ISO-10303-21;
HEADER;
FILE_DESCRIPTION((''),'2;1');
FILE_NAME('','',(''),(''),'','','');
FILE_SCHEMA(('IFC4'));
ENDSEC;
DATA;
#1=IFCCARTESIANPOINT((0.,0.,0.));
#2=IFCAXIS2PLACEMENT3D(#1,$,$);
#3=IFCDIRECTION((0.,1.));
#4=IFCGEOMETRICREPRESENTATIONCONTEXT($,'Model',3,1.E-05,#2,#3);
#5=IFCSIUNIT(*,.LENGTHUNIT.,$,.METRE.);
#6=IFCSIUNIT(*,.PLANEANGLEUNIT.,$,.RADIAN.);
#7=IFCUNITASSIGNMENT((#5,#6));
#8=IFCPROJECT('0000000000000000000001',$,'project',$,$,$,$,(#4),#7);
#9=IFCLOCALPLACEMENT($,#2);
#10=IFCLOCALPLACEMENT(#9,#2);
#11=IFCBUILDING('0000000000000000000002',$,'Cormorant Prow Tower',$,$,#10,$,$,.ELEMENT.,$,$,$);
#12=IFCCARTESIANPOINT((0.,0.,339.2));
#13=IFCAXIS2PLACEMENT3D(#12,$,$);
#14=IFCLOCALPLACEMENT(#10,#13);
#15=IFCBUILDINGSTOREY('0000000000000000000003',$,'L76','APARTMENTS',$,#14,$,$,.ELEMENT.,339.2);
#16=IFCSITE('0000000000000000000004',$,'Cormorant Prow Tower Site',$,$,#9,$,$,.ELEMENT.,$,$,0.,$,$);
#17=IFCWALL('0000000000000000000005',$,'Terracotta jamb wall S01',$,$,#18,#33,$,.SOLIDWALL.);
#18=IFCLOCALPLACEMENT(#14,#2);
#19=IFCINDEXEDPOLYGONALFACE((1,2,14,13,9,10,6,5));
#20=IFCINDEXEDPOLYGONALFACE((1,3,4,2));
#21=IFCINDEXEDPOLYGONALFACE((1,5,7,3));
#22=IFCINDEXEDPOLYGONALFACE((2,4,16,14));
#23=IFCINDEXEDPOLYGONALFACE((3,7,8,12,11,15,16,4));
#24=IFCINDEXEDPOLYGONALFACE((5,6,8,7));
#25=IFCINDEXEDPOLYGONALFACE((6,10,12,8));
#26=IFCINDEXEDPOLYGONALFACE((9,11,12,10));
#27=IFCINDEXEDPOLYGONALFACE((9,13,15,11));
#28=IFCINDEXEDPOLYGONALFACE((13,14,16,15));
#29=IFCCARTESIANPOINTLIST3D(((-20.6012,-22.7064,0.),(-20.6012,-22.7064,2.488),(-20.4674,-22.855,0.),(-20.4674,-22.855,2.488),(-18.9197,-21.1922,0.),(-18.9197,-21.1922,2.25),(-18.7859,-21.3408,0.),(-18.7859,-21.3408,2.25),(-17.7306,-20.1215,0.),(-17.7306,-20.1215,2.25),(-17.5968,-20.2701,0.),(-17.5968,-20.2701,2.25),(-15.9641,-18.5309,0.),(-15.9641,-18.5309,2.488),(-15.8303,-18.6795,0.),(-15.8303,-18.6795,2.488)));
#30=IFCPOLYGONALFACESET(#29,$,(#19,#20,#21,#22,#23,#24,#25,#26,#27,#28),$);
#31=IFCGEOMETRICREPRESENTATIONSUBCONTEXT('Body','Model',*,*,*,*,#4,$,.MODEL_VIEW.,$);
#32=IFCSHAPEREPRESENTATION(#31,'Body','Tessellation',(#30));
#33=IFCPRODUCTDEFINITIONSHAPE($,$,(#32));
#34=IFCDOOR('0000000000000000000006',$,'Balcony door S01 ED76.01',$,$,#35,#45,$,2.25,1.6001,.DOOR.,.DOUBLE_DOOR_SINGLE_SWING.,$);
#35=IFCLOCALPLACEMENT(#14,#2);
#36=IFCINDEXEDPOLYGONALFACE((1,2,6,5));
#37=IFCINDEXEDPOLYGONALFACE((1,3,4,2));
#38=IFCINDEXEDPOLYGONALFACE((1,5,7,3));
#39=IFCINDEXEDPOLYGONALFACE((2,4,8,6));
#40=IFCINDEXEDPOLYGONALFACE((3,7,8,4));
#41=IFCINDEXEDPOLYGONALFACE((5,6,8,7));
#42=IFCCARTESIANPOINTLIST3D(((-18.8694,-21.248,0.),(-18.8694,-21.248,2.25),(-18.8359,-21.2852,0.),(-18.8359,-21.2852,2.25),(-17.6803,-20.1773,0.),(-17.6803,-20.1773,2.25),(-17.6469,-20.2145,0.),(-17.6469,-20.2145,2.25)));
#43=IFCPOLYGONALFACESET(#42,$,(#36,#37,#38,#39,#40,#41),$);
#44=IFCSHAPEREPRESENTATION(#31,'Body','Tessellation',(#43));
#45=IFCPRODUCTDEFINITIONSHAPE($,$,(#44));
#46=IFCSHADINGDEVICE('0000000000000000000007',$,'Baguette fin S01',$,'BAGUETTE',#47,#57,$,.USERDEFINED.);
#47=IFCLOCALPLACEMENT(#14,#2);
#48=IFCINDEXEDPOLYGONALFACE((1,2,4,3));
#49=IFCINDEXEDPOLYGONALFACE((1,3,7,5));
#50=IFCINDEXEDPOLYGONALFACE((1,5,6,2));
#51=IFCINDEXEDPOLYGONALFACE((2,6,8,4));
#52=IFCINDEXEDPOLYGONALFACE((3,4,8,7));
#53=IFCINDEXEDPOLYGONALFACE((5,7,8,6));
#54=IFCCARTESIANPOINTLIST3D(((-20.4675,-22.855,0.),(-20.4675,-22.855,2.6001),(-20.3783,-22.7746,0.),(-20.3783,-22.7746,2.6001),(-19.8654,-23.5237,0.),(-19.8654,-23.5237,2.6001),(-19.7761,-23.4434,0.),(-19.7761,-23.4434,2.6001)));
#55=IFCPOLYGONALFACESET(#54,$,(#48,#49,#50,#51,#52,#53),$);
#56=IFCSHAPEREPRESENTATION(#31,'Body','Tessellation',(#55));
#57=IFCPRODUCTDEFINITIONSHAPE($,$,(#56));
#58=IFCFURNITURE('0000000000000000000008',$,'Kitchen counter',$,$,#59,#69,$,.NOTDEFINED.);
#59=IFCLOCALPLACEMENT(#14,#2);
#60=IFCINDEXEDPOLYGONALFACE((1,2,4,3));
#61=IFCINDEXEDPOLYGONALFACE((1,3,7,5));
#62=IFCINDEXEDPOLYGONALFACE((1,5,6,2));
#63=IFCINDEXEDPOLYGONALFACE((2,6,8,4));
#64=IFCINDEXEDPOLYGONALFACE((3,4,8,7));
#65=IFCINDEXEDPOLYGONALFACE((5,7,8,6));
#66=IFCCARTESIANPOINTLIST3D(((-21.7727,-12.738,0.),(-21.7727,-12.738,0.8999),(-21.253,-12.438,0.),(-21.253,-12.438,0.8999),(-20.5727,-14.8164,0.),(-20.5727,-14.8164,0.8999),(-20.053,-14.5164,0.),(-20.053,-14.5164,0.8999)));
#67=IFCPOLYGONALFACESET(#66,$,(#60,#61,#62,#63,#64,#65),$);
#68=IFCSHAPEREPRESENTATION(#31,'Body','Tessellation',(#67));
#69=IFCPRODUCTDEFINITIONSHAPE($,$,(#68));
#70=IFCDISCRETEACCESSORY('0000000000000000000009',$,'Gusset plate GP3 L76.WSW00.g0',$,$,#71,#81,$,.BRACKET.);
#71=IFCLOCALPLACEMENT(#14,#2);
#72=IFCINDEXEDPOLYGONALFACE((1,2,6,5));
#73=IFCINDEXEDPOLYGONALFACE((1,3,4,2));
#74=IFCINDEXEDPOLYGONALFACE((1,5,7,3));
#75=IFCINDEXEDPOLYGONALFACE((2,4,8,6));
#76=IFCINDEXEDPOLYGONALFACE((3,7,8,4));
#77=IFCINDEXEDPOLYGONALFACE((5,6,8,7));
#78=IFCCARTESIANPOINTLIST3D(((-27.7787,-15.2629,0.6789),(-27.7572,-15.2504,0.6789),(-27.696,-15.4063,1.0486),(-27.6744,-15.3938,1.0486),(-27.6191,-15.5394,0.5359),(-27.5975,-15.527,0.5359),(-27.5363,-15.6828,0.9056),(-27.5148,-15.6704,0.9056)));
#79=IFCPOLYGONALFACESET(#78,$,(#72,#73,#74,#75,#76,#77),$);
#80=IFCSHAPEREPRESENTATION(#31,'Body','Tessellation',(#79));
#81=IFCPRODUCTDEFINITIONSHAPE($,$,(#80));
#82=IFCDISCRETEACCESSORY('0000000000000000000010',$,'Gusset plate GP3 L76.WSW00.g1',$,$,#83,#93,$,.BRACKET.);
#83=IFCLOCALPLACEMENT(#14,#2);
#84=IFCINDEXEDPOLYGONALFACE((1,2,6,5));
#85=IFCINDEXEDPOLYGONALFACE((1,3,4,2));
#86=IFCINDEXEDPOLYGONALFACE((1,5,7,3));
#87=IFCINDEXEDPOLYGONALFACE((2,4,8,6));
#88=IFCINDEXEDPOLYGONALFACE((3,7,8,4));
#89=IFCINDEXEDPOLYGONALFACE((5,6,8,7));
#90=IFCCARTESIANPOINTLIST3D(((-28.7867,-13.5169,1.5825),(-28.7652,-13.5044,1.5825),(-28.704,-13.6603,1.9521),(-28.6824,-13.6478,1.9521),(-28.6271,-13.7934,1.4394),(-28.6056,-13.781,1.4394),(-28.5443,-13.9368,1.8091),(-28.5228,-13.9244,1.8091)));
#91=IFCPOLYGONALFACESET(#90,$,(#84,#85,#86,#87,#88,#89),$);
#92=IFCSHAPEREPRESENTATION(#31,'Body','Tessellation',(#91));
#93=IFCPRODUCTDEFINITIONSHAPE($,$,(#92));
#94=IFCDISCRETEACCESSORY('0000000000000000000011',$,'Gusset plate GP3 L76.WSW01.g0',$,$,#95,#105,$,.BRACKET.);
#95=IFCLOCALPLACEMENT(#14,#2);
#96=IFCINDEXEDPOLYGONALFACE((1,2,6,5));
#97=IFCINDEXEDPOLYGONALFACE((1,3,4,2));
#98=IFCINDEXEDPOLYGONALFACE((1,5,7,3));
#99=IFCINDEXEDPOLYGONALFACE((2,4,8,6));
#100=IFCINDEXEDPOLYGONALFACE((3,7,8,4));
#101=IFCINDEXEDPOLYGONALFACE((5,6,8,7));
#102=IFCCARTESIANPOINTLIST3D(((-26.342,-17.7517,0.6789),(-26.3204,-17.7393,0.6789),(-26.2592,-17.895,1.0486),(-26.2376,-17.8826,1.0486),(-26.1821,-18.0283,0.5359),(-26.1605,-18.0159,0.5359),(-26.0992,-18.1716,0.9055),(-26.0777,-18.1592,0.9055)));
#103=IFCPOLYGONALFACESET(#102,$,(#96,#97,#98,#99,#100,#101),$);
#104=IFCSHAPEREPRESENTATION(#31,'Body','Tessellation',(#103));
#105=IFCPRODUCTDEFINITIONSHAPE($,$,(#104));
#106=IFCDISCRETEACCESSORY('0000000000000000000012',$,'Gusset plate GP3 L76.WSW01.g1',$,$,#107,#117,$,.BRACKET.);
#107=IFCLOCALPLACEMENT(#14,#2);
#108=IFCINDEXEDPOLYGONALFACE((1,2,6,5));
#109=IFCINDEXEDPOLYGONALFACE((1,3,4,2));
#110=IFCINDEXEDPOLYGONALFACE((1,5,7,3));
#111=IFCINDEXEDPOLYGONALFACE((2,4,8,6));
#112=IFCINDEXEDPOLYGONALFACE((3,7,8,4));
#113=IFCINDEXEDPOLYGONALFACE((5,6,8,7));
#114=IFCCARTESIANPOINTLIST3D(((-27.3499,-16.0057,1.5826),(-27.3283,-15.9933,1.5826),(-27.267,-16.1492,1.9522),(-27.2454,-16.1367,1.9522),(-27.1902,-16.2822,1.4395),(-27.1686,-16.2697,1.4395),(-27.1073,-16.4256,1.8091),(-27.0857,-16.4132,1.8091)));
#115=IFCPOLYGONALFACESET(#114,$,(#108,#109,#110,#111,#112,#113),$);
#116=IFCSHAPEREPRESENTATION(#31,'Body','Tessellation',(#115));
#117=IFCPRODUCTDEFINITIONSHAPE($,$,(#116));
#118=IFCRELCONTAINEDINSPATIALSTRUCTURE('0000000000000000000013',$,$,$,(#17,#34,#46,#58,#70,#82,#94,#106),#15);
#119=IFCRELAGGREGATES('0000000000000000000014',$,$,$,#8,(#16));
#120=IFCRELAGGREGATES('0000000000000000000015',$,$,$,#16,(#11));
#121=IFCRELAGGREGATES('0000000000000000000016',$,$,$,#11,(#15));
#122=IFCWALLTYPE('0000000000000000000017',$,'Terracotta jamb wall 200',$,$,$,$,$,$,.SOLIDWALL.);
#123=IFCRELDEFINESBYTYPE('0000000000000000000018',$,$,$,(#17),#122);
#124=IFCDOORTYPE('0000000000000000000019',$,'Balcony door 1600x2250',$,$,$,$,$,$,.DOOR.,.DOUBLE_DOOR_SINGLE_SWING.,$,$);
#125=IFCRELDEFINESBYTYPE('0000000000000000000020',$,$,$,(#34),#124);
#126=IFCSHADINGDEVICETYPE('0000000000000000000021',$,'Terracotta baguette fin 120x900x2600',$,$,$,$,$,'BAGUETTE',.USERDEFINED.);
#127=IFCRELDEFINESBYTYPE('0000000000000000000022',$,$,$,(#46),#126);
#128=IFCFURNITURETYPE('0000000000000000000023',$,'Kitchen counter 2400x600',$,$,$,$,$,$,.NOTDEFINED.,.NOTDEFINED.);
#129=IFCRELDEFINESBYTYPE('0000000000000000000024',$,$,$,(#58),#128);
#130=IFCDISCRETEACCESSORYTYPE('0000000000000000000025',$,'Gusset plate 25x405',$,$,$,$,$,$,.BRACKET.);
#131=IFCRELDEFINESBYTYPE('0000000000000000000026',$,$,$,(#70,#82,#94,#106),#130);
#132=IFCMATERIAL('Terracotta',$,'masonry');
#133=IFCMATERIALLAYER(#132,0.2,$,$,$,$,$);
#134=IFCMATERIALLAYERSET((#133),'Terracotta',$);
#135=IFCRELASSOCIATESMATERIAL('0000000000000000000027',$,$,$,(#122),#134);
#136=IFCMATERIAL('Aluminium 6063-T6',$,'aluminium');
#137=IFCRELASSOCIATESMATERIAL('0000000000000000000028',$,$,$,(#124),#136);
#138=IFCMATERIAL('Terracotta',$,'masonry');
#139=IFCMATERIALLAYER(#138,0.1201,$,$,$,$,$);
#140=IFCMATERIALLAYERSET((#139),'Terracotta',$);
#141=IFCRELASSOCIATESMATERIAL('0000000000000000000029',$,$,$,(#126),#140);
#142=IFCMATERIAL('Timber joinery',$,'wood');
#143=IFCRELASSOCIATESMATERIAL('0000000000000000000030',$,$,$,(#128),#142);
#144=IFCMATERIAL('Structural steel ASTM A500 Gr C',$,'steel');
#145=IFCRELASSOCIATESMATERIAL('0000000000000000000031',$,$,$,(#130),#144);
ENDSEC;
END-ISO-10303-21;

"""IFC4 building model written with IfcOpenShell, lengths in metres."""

from ifc_helpers import new_model, si_unit, direction, frame, frame_2d, origin, origin_2d, place, context, subcontext, project, spatial, rectangle, extrude, material, layer, layer_set, material_profile, profile_set, type_object, element, fill, save


model = new_model("IFC4")

# Units and contexts
model_context = context("Model", 3, precision=1e-05, world=origin(), true_north=direction((0.0, 1.0)))
body_context = subcontext(model_context, "Body", "Model", "MODEL_VIEW")
ifc_project = project(units=[si_unit("LENGTHUNIT", "METRE"), si_unit("PLANEANGLEUNIT", "RADIAN")], contexts=[model_context])

# Site, building, storey
site_placement = place(None, origin())
site = spatial("IfcSite", under=ifc_project, at=site_placement, Name="Cormorant Prow Tower Site", CompositionType="ELEMENT", RefElevation=0.0)
building_placement = place(site_placement, origin())
building = spatial("IfcBuilding", under=site, at=building_placement, Name="Cormorant Prow Tower", CompositionType="ELEMENT")
storey_placement = place(building_placement, frame((0.0, 0.0, 339.2)))
storey = spatial("IfcBuildingStorey", under=building, at=storey_placement, Name="L76", Description="APARTMENTS", CompositionType="ELEMENT", Elevation=339.2)

# Wall, opening, door
ifc_material_1 = material(Name="Terracotta", Category="masonry")
ifc_layer_1 = layer(ifc_material_1, 0.2)
ifc_layer_set_1 = layer_set([ifc_layer_1], Name="Terracotta")
wall_type_1 = type_object("IfcWallType", Name="Terracotta jamb wall 200", PredefinedType="SOLIDWALL", material=ifc_layer_set_1)
wall_1_placement = place(storey_placement, frame((-20.5344, -22.7808, 0.0), z_axis=(0.0, 0.0, 1.0), x_axis=(0.743131, 0.669146, 0.0)))
wall_1 = element("IfcWall", 1, at=wall_1_placement, inside=storey, type_object=wall_type_1, Name="Terracotta jamb wall S01", PredefinedType="SOLIDWALL", context=body_context, shape_type="SweptSolid", body=[
    extrude(rectangle(XDim=6.24, YDim=0.2, at=frame_2d((3.1201, 0.0))), origin(), (0.0, 0.0, 1.0), 2.488),
])
opening_1_placement = place(wall_1_placement, frame((2.2629, 0.0, 0.0)))
opening_1 = element("IfcOpeningElement", 2, at=opening_1_placement, cuts=wall_1, PredefinedType="OPENING", context=body_context, shape_type="SweptSolid", body=[
    extrude(rectangle(XDim=1.6001, YDim=2.25, at=frame_2d((0.8, 1.125))), frame((0.0, 0.1099, 0.0), z_axis=(0.0, -1.0, 0.0), x_axis=(1.0, 0.0, 0.0)), (0.0, 0.0, 1.0), 0.22),
])
ifc_material_2 = material(Name="Aluminium 6063-T6", Category="aluminium")
door_type_1 = type_object("IfcDoorType", Name="Balcony door 1600x2250", OperationType="DOUBLE_DOOR_SINGLE_SWING", PredefinedType="DOOR", material=ifc_material_2)
door_1_placement = place(opening_1_placement, origin())
door_1 = element("IfcDoor", 3, at=door_1_placement, inside=storey, type_object=door_type_1, Name="Balcony door S01 ED76.01", OperationType="DOUBLE_DOOR_SINGLE_SWING", OverallHeight=2.25, OverallWidth=1.6001, PredefinedType="DOOR", context=body_context, shape_type="SweptSolid", body=[
    extrude(rectangle(XDim=1.6001, YDim=2.25, at=frame_2d((0.8, 1.125))), frame((0.0, 0.0249, 0.0), z_axis=(0.0, -1.0, 0.0), x_axis=(1.0, 0.0, 0.0)), (0.0, 0.0, 1.0), 0.05),
])
fill(opening_1, door_1)

# Shading device
ifc_material_3 = material(Name="Terracotta", Category="masonry")
ifc_layer_2 = layer(ifc_material_3, 0.1201)
ifc_layer_set_2 = layer_set([ifc_layer_2], Name="Terracotta")
shading_device_type = type_object("IfcShadingDeviceType", Name="Terracotta baguette fin 120x900x2600", ElementType="BAGUETTE", PredefinedType="USERDEFINED", material=ifc_layer_set_2)
shading_device_placement = place(storey_placement, frame((-20.1218, -23.1492, 0.0), z_axis=(0.0, 0.0, 1.0), x_axis=(0.743145, 0.669131, 0.0)))
element("IfcShadingDevice", 4, at=shading_device_placement, inside=storey, type_object=shading_device_type, Name="Baguette fin S01", ObjectType="BAGUETTE", PredefinedType="USERDEFINED", context=body_context, shape_type="SweptSolid", body=[
    extrude(rectangle(XDim=0.1201, YDim=0.8999, at=origin_2d()), origin(), (0.0, 0.0, 1.0), 2.6001),
])

# Furniture
ifc_material_4 = material(Name="Timber joinery", Category="wood")
furniture_type = type_object("IfcFurnitureType", Name="Kitchen counter 2400x600", AssemblyPlace="NOTDEFINED", PredefinedType="NOTDEFINED", material=ifc_material_4)
furniture_placement = place(storey_placement, frame((-20.9128, -13.6272, 0.0), z_axis=(0.0, 0.0, 1.0), x_axis=(0.5, -0.866025, 0.0)))
element("IfcFurniture", 5, at=furniture_placement, inside=storey, type_object=furniture_type, Name="Kitchen counter", PredefinedType="NOTDEFINED", context=body_context, shape_type="SweptSolid", body=[
    extrude(rectangle(XDim=2.3999, YDim=0.6001, at=origin_2d()), origin(), (0.0, 0.0, 1.0), 0.8999),
])

# Discrete accessories
ifc_material_5 = material(Name="Structural steel ASTM A500 Gr C", Category="steel")
ifc_material_profile_1 = material_profile(ifc_material_5, rectangle(XDim=0.0249, YDim=0.405, at=origin_2d()), Name="Gusset plate 25x405")
ifc_profile_set_1 = profile_set([ifc_material_profile_1], Name="Structural steel ASTM A500 Gr C")
discrete_accessory_type = type_object("IfcDiscreteAccessoryType", Name="Gusset plate 25x405", PredefinedType="BRACKET", material=ifc_profile_set_1)
for number, where, z_axis, x_axis, name in (
    (6, (-27.7266, -15.3284, 0.8638), (0.456239, -0.790397, -0.408802), (0.866071, 0.499921, 0.0), "Gusset plate GP3 L76.WSW00.g0"),
    (7, (-28.575, -13.8589, 1.6243), (-0.456239, 0.790397, 0.408802), (-0.866071, -0.499921, 0.0), "Gusset plate GP3 L76.WSW00.g1"),
):
    element("IfcDiscreteAccessory", number, at=place(storey_placement, frame(where, z_axis=z_axis, x_axis=x_axis)), inside=storey, type_object=discrete_accessory_type, Name=name, PredefinedType="BRACKET", context=body_context, shape_type="SweptSolid", body=[
        extrude(rectangle(XDim=0.0249, YDim=0.405, at=origin_2d()), origin(), (0.0, 0.0, 1.0), 0.3499),
    ])
discrete_accessory_1_placement = place(storey_placement, frame((-26.2898, -17.8171, 0.8638), z_axis=(0.456792, -0.790145, -0.408672), x_axis=(0.86574, 0.500494, 0.0)))
element("IfcDiscreteAccessory", 8, at=discrete_accessory_1_placement, inside=storey, type_object=discrete_accessory_type, Name="Gusset plate GP3 L76.WSW01.g0", PredefinedType="BRACKET", context=body_context, shape_type="SweptSolid", body=[
    extrude(rectangle(XDim=0.0249, YDim=0.405, at=origin_2d()), origin(), (0.0, 0.0, 1.0), 0.3501),
])
discrete_accessory_2_placement = place(storey_placement, frame((-27.1379, -16.3477, 1.6243), z_axis=(-0.456491, 0.790135, 0.409027), x_axis=(-0.86588, -0.500252, 0.0)))
element("IfcDiscreteAccessory", 9, at=discrete_accessory_2_placement, inside=storey, type_object=discrete_accessory_type, Name="Gusset plate GP3 L76.WSW01.g1", PredefinedType="BRACKET", context=body_context, shape_type="SweptSolid", body=[
    extrude(rectangle(XDim=0.0249, YDim=0.405, at=origin_2d()), origin(), (0.0, 0.0, 1.0), 0.3499),
])

save(model, "model.ifc")
